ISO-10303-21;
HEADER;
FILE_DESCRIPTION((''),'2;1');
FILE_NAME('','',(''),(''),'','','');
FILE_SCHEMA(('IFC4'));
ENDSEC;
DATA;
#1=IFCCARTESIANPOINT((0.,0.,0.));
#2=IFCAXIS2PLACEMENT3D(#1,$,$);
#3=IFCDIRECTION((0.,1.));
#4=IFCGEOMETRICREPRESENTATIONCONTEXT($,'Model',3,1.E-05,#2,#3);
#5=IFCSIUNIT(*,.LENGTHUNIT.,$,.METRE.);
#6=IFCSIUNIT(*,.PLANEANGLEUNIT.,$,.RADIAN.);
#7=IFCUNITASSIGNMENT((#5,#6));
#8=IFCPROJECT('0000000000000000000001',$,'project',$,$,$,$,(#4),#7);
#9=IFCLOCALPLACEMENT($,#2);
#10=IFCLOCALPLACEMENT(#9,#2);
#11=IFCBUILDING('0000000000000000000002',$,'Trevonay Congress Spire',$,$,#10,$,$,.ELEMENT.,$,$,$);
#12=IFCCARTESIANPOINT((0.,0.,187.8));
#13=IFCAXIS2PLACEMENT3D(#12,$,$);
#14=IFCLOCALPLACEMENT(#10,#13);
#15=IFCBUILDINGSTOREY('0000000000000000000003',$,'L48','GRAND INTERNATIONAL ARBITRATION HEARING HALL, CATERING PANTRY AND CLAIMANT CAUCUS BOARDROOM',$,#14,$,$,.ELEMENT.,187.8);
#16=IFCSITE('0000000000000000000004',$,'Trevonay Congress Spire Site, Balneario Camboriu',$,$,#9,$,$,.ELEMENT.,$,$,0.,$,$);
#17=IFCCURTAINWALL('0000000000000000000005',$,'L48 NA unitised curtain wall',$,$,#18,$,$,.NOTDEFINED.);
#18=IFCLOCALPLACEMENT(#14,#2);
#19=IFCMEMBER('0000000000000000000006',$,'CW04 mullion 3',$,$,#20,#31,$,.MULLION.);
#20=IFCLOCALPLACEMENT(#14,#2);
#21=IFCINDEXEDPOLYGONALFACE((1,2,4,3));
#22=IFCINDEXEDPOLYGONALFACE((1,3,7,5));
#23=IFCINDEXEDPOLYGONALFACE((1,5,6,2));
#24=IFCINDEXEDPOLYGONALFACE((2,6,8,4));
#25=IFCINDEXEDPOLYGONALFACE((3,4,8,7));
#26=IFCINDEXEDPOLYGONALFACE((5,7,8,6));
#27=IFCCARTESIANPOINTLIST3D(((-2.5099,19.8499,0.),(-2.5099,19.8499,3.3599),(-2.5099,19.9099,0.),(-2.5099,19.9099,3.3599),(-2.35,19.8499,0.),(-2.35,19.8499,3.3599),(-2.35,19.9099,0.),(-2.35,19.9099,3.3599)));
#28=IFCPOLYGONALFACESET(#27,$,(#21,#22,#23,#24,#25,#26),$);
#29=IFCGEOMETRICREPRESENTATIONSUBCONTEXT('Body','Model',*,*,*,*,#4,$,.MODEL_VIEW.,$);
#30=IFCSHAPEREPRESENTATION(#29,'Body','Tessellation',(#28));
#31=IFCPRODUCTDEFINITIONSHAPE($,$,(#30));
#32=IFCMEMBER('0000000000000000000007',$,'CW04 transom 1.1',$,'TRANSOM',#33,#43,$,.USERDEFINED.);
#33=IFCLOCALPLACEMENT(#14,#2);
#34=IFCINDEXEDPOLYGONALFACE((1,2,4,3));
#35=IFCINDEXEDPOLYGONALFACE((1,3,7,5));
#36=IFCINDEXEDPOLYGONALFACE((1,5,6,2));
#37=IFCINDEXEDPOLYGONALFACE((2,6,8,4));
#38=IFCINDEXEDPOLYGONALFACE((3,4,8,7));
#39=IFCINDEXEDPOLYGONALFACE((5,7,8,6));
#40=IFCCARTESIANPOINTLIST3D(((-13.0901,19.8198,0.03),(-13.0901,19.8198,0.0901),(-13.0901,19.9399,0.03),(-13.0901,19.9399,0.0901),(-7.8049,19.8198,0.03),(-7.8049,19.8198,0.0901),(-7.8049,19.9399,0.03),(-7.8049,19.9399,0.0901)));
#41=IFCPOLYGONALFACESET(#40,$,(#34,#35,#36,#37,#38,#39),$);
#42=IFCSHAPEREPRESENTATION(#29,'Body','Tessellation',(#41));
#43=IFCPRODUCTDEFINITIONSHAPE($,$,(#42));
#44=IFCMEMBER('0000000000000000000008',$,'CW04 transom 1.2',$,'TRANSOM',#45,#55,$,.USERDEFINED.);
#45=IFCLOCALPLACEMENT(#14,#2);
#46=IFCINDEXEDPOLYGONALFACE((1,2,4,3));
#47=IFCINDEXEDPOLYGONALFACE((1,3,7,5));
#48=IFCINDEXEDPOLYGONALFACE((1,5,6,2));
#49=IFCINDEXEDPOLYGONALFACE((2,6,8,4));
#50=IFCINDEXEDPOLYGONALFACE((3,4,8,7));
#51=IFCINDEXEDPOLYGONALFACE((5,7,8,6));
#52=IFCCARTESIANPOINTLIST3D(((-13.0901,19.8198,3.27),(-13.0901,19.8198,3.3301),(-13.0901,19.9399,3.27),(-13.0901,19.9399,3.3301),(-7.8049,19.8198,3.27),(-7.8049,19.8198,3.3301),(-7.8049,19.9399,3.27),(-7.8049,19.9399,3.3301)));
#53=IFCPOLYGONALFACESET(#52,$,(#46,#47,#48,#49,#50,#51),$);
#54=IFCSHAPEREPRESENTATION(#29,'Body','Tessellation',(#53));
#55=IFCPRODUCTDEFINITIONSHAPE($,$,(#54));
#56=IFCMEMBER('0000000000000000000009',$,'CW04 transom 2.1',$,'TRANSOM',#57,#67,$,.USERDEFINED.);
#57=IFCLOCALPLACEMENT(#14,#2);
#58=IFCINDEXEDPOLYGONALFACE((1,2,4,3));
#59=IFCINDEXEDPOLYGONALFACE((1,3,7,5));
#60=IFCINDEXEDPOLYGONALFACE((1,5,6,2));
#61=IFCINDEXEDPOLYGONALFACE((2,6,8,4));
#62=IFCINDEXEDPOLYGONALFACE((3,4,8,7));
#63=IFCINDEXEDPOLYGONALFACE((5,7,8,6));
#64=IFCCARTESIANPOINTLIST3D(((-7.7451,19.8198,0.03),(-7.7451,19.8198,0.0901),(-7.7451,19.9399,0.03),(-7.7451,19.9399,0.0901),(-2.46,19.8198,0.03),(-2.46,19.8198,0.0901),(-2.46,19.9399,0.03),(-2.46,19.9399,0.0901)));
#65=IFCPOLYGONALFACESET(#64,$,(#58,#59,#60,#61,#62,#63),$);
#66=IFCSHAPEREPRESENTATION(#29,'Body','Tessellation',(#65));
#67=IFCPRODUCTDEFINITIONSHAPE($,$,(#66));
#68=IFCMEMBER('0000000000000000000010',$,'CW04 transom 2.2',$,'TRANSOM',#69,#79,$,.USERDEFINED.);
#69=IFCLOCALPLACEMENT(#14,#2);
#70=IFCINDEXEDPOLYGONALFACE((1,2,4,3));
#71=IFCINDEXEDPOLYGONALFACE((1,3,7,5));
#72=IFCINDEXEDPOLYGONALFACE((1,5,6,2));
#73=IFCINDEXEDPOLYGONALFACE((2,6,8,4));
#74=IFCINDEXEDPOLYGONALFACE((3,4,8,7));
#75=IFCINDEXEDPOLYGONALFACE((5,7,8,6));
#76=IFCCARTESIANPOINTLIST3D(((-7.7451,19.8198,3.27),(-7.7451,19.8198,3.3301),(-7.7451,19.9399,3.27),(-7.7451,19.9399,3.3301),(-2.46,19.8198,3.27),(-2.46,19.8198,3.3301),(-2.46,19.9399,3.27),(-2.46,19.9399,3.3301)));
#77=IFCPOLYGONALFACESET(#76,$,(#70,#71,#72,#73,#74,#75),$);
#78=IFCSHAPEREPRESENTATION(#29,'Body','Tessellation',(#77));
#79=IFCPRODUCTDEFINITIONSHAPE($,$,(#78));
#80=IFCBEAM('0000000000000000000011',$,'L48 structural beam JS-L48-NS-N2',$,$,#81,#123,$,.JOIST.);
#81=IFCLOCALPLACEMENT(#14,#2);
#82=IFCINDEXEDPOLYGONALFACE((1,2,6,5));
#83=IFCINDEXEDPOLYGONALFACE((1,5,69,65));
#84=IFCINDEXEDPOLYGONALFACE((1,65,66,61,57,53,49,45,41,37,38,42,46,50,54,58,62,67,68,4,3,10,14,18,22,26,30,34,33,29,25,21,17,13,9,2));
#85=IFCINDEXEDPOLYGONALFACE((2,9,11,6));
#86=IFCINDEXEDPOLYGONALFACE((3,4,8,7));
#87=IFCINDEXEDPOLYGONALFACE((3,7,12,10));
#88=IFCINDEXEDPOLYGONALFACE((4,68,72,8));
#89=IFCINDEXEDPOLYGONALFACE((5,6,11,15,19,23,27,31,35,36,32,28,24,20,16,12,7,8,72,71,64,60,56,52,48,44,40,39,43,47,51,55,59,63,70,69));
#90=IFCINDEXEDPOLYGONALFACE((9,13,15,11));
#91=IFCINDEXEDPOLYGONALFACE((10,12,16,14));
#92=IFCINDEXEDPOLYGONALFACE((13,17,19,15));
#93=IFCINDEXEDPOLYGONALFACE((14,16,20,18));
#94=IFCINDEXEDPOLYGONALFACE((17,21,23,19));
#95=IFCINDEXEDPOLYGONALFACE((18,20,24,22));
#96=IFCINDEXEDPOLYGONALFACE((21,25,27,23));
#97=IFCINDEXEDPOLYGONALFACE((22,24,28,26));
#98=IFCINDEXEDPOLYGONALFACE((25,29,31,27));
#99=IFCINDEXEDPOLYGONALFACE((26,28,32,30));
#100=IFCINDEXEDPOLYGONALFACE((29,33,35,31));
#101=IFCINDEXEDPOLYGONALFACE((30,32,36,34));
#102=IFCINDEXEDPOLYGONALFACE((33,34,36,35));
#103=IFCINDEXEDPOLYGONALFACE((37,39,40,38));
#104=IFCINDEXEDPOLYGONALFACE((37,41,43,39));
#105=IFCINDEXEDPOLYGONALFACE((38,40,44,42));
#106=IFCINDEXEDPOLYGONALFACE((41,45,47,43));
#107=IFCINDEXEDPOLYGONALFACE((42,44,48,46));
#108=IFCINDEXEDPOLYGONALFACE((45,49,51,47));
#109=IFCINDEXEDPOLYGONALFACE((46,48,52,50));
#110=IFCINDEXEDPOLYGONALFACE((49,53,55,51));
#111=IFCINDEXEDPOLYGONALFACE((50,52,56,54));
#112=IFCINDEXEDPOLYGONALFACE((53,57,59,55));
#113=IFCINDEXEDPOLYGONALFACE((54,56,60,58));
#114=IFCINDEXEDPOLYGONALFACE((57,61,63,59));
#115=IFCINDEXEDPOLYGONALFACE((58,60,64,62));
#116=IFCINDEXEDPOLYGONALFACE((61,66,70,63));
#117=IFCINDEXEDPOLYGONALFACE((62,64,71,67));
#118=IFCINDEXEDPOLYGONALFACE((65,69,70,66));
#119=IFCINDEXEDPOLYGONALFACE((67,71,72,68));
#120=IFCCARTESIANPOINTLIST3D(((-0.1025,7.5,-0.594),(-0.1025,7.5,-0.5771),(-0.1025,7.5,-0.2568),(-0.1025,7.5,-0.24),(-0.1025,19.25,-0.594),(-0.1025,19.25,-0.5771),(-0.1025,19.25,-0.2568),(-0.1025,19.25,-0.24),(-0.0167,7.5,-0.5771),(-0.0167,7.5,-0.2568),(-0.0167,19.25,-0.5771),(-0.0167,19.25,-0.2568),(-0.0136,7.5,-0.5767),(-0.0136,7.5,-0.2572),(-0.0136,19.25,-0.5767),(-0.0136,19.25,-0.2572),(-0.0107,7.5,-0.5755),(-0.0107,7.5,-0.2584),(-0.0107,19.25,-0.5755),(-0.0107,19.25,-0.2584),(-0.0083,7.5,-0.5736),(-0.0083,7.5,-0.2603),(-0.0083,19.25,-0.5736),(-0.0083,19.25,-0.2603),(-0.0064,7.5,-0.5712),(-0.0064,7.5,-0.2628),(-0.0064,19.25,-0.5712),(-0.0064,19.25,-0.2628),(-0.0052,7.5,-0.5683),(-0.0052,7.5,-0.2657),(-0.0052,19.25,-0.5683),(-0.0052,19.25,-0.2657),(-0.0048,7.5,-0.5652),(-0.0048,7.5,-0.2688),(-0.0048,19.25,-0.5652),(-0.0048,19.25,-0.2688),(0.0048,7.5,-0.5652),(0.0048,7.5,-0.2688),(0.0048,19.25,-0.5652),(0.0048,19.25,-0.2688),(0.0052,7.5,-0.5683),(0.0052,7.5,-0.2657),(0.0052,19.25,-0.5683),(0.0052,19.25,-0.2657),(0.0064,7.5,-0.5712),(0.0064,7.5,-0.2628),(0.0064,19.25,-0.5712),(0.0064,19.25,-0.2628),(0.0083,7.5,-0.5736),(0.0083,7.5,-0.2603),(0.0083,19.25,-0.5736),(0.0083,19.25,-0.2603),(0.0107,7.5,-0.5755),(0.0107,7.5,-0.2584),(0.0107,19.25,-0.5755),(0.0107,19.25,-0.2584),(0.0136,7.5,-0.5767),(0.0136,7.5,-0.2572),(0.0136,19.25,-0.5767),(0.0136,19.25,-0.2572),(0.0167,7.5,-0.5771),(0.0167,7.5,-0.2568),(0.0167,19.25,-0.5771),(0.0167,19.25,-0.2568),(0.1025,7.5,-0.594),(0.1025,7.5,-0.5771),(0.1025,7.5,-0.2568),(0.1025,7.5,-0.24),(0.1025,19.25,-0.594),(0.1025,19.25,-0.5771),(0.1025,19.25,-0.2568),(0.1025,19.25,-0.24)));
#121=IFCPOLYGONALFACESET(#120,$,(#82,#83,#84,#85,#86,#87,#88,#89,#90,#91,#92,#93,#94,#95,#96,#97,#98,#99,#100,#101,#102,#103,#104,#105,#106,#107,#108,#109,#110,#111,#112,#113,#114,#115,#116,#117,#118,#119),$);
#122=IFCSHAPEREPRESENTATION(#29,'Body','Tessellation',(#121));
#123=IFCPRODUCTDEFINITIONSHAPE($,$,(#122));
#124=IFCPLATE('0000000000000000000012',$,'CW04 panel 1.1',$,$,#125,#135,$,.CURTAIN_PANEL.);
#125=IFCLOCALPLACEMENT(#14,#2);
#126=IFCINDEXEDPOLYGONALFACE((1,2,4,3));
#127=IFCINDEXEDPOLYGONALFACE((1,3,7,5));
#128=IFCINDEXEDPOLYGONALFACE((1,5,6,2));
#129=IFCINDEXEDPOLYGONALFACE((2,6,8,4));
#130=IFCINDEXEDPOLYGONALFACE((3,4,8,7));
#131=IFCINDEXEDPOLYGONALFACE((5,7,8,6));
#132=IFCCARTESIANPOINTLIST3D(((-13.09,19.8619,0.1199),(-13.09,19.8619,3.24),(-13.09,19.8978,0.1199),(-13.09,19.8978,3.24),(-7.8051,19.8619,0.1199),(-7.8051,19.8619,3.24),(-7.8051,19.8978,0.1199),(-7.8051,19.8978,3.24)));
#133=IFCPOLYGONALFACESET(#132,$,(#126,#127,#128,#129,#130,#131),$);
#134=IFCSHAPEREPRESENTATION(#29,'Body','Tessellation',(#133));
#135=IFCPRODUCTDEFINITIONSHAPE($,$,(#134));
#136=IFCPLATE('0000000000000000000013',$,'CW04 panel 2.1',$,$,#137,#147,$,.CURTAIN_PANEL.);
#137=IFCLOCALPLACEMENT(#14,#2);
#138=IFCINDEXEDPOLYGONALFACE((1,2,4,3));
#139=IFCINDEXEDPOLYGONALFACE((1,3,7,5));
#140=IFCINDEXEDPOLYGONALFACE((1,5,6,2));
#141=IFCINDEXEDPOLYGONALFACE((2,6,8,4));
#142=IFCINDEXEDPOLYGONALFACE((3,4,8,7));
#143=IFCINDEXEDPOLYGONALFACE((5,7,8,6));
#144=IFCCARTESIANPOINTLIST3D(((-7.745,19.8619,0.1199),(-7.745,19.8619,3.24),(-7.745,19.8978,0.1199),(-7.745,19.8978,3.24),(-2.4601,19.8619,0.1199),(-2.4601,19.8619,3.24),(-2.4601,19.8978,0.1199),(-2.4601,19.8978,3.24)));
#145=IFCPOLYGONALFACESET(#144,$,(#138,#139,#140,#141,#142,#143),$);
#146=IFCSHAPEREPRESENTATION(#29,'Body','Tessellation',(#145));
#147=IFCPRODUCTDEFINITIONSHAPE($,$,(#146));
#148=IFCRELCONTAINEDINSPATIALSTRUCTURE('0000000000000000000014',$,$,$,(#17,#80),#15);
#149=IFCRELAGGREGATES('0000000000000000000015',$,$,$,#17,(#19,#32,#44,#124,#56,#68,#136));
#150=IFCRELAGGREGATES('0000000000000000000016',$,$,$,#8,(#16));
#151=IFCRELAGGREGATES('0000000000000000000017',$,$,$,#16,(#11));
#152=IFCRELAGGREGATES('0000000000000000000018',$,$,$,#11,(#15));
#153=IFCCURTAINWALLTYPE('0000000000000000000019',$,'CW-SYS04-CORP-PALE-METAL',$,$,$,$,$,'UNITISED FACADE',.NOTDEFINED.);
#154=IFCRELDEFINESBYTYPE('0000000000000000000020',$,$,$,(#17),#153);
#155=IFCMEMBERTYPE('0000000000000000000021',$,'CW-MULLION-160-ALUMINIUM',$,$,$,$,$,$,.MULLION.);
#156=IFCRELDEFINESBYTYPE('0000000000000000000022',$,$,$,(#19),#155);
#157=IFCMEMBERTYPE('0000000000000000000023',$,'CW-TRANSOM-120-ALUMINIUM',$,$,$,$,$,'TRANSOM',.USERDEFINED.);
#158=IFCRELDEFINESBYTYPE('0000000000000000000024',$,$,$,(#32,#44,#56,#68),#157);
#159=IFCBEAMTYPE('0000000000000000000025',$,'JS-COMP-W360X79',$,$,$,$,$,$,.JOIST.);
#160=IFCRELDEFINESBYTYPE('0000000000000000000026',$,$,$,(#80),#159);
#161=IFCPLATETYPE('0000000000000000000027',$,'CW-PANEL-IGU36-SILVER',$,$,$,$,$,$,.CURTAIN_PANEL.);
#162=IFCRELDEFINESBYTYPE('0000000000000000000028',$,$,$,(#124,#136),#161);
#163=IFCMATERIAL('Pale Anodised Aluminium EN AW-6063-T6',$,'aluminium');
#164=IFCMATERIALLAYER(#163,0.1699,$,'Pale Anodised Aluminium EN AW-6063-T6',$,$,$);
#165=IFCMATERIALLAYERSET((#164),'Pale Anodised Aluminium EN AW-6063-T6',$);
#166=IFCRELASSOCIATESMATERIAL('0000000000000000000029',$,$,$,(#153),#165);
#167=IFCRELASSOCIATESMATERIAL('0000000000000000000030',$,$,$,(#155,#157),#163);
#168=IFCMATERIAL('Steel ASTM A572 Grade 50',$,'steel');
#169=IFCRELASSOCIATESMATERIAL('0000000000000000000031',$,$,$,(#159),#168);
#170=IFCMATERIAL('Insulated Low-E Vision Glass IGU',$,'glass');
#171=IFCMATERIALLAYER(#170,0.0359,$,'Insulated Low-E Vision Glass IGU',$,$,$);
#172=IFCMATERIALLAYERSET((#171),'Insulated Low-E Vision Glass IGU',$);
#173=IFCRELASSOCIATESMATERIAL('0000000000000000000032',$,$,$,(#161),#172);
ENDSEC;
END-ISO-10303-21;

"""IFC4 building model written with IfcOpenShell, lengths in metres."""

from ifc_helpers import new_model, si_unit, direction, frame, origin, origin_2d, place, context, subcontext, project, spatial, rectangle, i_section, extrude, material, layer, layer_set, material_profile, profile_set, type_object, element, aggregate, save


model = new_model("IFC4")

# Units and contexts
model_context = context("Model", 3, precision=1e-05, world=origin(), true_north=direction((0.0, 1.0)))
body_context = subcontext(model_context, "Body", "Model", "MODEL_VIEW")
ifc_project = project(units=[si_unit("LENGTHUNIT", "METRE"), si_unit("PLANEANGLEUNIT", "RADIAN")], contexts=[model_context])

# Site, building, storey
site_placement = place(None, origin())
site = spatial("IfcSite", under=ifc_project, at=site_placement, Name="Trevonay Congress Spire Site, Balneario Camboriu", CompositionType="ELEMENT", RefElevation=0.0)
building_placement = place(site_placement, origin())
building = spatial("IfcBuilding", under=site, at=building_placement, Name="Trevonay Congress Spire", CompositionType="ELEMENT")
storey_placement = place(building_placement, frame((0.0, 0.0, 187.8)))
storey = spatial("IfcBuildingStorey", under=building, at=storey_placement, Name="L48", Description="GRAND INTERNATIONAL ARBITRATION HEARING HALL, CATERING PANTRY AND CLAIMANT CAUCUS BOARDROOM", CompositionType="ELEMENT", Elevation=187.8)

# Shared definitions
ifc_material_1 = material(Name="Steel ASTM A572 Grade 50", Category="steel")

# Curtain wall, members
ifc_material_2 = material(Name="Pale Anodised Aluminium EN AW-6063-T6", Category="aluminium")
ifc_layer_1 = layer(ifc_material_2, 0.1699, Name="Pale Anodised Aluminium EN AW-6063-T6")
ifc_layer_set_1 = layer_set([ifc_layer_1], Name="Pale Anodised Aluminium EN AW-6063-T6")
curtain_wall_type = type_object("IfcCurtainWallType", Name="CW-SYS04-CORP-PALE-METAL", ElementType="UNITISED FACADE", PredefinedType="NOTDEFINED", material=ifc_layer_set_1)
curtain_wall_placement = place(storey_placement, origin())
curtain_wall = element("IfcCurtainWall", 1, at=curtain_wall_placement, inside=storey, type_object=curtain_wall_type, Name="L48 NA unitised curtain wall", PredefinedType="NOTDEFINED")
ifc_material_profile_1 = material_profile(ifc_material_2, rectangle(XDim=0.0601, YDim=0.1599, at=origin_2d()), Name="CW-MULLION-160-ALUMINIUM")
ifc_profile_set_1 = profile_set([ifc_material_profile_1], Name="Pale Anodised Aluminium EN AW-6063-T6")
member_type_1 = type_object("IfcMemberType", Name="CW-MULLION-160-ALUMINIUM", PredefinedType="MULLION", material=ifc_profile_set_1)
member_1_placement = place(storey_placement, frame((-2.4299, 19.8799, 0.0), z_axis=(0.0, 0.0, 1.0), x_axis=(0.0, 1.0, 0.0)))
member_1 = element("IfcMember", 2, at=member_1_placement, type_object=member_type_1, Name="CW04 mullion 3", PredefinedType="MULLION", context=body_context, shape_type="SweptSolid", body=[
    extrude(rectangle(XDim=0.0601, YDim=0.1599, at=origin_2d()), origin(), (0.0, 0.0, 1.0), 3.3599),
])
ifc_material_profile_2 = material_profile(ifc_material_2, rectangle(XDim=0.1201, YDim=0.0601, at=origin_2d()), Name="CW-TRANSOM-120-ALUMINIUM")
ifc_profile_set_2 = profile_set([ifc_material_profile_2], Name="Pale Anodised Aluminium EN AW-6063-T6")
member_type_2 = type_object("IfcMemberType", Name="CW-TRANSOM-120-ALUMINIUM", ElementType="TRANSOM", PredefinedType="USERDEFINED", material=ifc_profile_set_2)
member_2_placement = place(storey_placement, frame((-13.0901, 19.8799, 0.0601), z_axis=(1.0, 0.0, 0.0), x_axis=(0.0, 1.0, 0.0)))
member_2 = element("IfcMember", 3, at=member_2_placement, type_object=member_type_2, Name="CW04 transom 1.1", ObjectType="TRANSOM", PredefinedType="USERDEFINED", context=body_context, shape_type="SweptSolid", body=[
    extrude(rectangle(XDim=0.1201, YDim=0.0601, at=origin_2d()), origin(), (0.0, 0.0, 1.0), 5.2852),
])
member_3_placement = place(storey_placement, frame((-13.0901, 19.8799, 3.3), z_axis=(1.0, 0.0, 0.0), x_axis=(0.0, 1.0, 0.0)))
member_3 = element("IfcMember", 4, at=member_3_placement, type_object=member_type_2, Name="CW04 transom 1.2", ObjectType="TRANSOM", PredefinedType="USERDEFINED", context=body_context, shape_type="SweptSolid", body=[
    extrude(rectangle(XDim=0.1201, YDim=0.0601, at=origin_2d()), origin(), (0.0, 0.0, 1.0), 5.2852),
])
member_4_placement = place(storey_placement, frame((-7.7451, 19.8799, 0.0601), z_axis=(1.0, 0.0, 0.0), x_axis=(0.0, 1.0, 0.0)))
member_4 = element("IfcMember", 5, at=member_4_placement, type_object=member_type_2, Name="CW04 transom 2.1", ObjectType="TRANSOM", PredefinedType="USERDEFINED", context=body_context, shape_type="SweptSolid", body=[
    extrude(rectangle(XDim=0.1201, YDim=0.0601, at=origin_2d()), origin(), (0.0, 0.0, 1.0), 5.2852),
])
member_5_placement = place(storey_placement, frame((-7.7451, 19.8799, 3.3), z_axis=(1.0, 0.0, 0.0), x_axis=(0.0, 1.0, 0.0)))
member_5 = element("IfcMember", 6, at=member_5_placement, type_object=member_type_2, Name="CW04 transom 2.2", ObjectType="TRANSOM", PredefinedType="USERDEFINED", context=body_context, shape_type="SweptSolid", body=[
    extrude(rectangle(XDim=0.1201, YDim=0.0601, at=origin_2d()), origin(), (0.0, 0.0, 1.0), 5.2852),
])

# Beam
ifc_material_profile_3 = material_profile(ifc_material_1, i_section(OverallWidth=0.2051, OverallDepth=0.354, WebThickness=0.0095, FlangeThickness=0.0168, FilletRadius=0.012, at=origin_2d()), Name="W360x79")
ifc_profile_set_3 = profile_set([ifc_material_profile_3], Name="Steel ASTM A572 Grade 50")
beam_type_1 = type_object("IfcBeamType", Name="JS-COMP-W360X79", PredefinedType="JOIST", material=ifc_profile_set_3)
beam_1_placement = place(storey_placement, frame((0.0, 7.5, -0.417), z_axis=(0.0, 1.0, 0.0), x_axis=(-1.0, 0.0, 0.0)))
element("IfcBeam", 7, at=beam_1_placement, inside=storey, type_object=beam_type_1, Name="L48 structural beam JS-L48-NS-N2", PredefinedType="JOIST", context=body_context, shape_type="SweptSolid", body=[
    extrude(i_section(OverallWidth=0.2051, OverallDepth=0.354, WebThickness=0.0095, FlangeThickness=0.0168, FilletRadius=0.012, at=origin_2d()), origin(), (0.0, 0.0, 1.0), 11.75),
])

# Plates
ifc_material_3 = material(Name="Insulated Low-E Vision Glass IGU", Category="glass")
ifc_layer_2 = layer(ifc_material_3, 0.0359, Name="Insulated Low-E Vision Glass IGU")
ifc_layer_set_2 = layer_set([ifc_layer_2], Name="Insulated Low-E Vision Glass IGU")
plate_type = type_object("IfcPlateType", Name="CW-PANEL-IGU36-SILVER", PredefinedType="CURTAIN_PANEL", material=ifc_layer_set_2)
plate_1_placement = place(storey_placement, frame((-10.4475, 19.8799, 0.1199), z_axis=(0.0, 0.0, 1.0), x_axis=(1.0, 0.0, 0.0)))
plate_1 = element("IfcPlate", 8, at=plate_1_placement, type_object=plate_type, Name="CW04 panel 1.1", PredefinedType="CURTAIN_PANEL", context=body_context, shape_type="SweptSolid", body=[
    extrude(rectangle(XDim=5.2849, YDim=0.0359, at=origin_2d()), origin(), (0.0, 0.0, 1.0), 3.1201),
])
plate_2_placement = place(storey_placement, frame((-5.1025, 19.8799, 0.1199), z_axis=(0.0, 0.0, 1.0), x_axis=(1.0, 0.0, 0.0)))
plate_2 = element("IfcPlate", 9, at=plate_2_placement, type_object=plate_type, Name="CW04 panel 2.1", PredefinedType="CURTAIN_PANEL", context=body_context, shape_type="SweptSolid", body=[
    extrude(rectangle(XDim=5.2849, YDim=0.0359, at=origin_2d()), origin(), (0.0, 0.0, 1.0), 3.1201),
])
aggregate(curtain_wall, [member_1, member_2, member_3, plate_1, member_4, member_5, plate_2])

save(model, "model.ifc")
